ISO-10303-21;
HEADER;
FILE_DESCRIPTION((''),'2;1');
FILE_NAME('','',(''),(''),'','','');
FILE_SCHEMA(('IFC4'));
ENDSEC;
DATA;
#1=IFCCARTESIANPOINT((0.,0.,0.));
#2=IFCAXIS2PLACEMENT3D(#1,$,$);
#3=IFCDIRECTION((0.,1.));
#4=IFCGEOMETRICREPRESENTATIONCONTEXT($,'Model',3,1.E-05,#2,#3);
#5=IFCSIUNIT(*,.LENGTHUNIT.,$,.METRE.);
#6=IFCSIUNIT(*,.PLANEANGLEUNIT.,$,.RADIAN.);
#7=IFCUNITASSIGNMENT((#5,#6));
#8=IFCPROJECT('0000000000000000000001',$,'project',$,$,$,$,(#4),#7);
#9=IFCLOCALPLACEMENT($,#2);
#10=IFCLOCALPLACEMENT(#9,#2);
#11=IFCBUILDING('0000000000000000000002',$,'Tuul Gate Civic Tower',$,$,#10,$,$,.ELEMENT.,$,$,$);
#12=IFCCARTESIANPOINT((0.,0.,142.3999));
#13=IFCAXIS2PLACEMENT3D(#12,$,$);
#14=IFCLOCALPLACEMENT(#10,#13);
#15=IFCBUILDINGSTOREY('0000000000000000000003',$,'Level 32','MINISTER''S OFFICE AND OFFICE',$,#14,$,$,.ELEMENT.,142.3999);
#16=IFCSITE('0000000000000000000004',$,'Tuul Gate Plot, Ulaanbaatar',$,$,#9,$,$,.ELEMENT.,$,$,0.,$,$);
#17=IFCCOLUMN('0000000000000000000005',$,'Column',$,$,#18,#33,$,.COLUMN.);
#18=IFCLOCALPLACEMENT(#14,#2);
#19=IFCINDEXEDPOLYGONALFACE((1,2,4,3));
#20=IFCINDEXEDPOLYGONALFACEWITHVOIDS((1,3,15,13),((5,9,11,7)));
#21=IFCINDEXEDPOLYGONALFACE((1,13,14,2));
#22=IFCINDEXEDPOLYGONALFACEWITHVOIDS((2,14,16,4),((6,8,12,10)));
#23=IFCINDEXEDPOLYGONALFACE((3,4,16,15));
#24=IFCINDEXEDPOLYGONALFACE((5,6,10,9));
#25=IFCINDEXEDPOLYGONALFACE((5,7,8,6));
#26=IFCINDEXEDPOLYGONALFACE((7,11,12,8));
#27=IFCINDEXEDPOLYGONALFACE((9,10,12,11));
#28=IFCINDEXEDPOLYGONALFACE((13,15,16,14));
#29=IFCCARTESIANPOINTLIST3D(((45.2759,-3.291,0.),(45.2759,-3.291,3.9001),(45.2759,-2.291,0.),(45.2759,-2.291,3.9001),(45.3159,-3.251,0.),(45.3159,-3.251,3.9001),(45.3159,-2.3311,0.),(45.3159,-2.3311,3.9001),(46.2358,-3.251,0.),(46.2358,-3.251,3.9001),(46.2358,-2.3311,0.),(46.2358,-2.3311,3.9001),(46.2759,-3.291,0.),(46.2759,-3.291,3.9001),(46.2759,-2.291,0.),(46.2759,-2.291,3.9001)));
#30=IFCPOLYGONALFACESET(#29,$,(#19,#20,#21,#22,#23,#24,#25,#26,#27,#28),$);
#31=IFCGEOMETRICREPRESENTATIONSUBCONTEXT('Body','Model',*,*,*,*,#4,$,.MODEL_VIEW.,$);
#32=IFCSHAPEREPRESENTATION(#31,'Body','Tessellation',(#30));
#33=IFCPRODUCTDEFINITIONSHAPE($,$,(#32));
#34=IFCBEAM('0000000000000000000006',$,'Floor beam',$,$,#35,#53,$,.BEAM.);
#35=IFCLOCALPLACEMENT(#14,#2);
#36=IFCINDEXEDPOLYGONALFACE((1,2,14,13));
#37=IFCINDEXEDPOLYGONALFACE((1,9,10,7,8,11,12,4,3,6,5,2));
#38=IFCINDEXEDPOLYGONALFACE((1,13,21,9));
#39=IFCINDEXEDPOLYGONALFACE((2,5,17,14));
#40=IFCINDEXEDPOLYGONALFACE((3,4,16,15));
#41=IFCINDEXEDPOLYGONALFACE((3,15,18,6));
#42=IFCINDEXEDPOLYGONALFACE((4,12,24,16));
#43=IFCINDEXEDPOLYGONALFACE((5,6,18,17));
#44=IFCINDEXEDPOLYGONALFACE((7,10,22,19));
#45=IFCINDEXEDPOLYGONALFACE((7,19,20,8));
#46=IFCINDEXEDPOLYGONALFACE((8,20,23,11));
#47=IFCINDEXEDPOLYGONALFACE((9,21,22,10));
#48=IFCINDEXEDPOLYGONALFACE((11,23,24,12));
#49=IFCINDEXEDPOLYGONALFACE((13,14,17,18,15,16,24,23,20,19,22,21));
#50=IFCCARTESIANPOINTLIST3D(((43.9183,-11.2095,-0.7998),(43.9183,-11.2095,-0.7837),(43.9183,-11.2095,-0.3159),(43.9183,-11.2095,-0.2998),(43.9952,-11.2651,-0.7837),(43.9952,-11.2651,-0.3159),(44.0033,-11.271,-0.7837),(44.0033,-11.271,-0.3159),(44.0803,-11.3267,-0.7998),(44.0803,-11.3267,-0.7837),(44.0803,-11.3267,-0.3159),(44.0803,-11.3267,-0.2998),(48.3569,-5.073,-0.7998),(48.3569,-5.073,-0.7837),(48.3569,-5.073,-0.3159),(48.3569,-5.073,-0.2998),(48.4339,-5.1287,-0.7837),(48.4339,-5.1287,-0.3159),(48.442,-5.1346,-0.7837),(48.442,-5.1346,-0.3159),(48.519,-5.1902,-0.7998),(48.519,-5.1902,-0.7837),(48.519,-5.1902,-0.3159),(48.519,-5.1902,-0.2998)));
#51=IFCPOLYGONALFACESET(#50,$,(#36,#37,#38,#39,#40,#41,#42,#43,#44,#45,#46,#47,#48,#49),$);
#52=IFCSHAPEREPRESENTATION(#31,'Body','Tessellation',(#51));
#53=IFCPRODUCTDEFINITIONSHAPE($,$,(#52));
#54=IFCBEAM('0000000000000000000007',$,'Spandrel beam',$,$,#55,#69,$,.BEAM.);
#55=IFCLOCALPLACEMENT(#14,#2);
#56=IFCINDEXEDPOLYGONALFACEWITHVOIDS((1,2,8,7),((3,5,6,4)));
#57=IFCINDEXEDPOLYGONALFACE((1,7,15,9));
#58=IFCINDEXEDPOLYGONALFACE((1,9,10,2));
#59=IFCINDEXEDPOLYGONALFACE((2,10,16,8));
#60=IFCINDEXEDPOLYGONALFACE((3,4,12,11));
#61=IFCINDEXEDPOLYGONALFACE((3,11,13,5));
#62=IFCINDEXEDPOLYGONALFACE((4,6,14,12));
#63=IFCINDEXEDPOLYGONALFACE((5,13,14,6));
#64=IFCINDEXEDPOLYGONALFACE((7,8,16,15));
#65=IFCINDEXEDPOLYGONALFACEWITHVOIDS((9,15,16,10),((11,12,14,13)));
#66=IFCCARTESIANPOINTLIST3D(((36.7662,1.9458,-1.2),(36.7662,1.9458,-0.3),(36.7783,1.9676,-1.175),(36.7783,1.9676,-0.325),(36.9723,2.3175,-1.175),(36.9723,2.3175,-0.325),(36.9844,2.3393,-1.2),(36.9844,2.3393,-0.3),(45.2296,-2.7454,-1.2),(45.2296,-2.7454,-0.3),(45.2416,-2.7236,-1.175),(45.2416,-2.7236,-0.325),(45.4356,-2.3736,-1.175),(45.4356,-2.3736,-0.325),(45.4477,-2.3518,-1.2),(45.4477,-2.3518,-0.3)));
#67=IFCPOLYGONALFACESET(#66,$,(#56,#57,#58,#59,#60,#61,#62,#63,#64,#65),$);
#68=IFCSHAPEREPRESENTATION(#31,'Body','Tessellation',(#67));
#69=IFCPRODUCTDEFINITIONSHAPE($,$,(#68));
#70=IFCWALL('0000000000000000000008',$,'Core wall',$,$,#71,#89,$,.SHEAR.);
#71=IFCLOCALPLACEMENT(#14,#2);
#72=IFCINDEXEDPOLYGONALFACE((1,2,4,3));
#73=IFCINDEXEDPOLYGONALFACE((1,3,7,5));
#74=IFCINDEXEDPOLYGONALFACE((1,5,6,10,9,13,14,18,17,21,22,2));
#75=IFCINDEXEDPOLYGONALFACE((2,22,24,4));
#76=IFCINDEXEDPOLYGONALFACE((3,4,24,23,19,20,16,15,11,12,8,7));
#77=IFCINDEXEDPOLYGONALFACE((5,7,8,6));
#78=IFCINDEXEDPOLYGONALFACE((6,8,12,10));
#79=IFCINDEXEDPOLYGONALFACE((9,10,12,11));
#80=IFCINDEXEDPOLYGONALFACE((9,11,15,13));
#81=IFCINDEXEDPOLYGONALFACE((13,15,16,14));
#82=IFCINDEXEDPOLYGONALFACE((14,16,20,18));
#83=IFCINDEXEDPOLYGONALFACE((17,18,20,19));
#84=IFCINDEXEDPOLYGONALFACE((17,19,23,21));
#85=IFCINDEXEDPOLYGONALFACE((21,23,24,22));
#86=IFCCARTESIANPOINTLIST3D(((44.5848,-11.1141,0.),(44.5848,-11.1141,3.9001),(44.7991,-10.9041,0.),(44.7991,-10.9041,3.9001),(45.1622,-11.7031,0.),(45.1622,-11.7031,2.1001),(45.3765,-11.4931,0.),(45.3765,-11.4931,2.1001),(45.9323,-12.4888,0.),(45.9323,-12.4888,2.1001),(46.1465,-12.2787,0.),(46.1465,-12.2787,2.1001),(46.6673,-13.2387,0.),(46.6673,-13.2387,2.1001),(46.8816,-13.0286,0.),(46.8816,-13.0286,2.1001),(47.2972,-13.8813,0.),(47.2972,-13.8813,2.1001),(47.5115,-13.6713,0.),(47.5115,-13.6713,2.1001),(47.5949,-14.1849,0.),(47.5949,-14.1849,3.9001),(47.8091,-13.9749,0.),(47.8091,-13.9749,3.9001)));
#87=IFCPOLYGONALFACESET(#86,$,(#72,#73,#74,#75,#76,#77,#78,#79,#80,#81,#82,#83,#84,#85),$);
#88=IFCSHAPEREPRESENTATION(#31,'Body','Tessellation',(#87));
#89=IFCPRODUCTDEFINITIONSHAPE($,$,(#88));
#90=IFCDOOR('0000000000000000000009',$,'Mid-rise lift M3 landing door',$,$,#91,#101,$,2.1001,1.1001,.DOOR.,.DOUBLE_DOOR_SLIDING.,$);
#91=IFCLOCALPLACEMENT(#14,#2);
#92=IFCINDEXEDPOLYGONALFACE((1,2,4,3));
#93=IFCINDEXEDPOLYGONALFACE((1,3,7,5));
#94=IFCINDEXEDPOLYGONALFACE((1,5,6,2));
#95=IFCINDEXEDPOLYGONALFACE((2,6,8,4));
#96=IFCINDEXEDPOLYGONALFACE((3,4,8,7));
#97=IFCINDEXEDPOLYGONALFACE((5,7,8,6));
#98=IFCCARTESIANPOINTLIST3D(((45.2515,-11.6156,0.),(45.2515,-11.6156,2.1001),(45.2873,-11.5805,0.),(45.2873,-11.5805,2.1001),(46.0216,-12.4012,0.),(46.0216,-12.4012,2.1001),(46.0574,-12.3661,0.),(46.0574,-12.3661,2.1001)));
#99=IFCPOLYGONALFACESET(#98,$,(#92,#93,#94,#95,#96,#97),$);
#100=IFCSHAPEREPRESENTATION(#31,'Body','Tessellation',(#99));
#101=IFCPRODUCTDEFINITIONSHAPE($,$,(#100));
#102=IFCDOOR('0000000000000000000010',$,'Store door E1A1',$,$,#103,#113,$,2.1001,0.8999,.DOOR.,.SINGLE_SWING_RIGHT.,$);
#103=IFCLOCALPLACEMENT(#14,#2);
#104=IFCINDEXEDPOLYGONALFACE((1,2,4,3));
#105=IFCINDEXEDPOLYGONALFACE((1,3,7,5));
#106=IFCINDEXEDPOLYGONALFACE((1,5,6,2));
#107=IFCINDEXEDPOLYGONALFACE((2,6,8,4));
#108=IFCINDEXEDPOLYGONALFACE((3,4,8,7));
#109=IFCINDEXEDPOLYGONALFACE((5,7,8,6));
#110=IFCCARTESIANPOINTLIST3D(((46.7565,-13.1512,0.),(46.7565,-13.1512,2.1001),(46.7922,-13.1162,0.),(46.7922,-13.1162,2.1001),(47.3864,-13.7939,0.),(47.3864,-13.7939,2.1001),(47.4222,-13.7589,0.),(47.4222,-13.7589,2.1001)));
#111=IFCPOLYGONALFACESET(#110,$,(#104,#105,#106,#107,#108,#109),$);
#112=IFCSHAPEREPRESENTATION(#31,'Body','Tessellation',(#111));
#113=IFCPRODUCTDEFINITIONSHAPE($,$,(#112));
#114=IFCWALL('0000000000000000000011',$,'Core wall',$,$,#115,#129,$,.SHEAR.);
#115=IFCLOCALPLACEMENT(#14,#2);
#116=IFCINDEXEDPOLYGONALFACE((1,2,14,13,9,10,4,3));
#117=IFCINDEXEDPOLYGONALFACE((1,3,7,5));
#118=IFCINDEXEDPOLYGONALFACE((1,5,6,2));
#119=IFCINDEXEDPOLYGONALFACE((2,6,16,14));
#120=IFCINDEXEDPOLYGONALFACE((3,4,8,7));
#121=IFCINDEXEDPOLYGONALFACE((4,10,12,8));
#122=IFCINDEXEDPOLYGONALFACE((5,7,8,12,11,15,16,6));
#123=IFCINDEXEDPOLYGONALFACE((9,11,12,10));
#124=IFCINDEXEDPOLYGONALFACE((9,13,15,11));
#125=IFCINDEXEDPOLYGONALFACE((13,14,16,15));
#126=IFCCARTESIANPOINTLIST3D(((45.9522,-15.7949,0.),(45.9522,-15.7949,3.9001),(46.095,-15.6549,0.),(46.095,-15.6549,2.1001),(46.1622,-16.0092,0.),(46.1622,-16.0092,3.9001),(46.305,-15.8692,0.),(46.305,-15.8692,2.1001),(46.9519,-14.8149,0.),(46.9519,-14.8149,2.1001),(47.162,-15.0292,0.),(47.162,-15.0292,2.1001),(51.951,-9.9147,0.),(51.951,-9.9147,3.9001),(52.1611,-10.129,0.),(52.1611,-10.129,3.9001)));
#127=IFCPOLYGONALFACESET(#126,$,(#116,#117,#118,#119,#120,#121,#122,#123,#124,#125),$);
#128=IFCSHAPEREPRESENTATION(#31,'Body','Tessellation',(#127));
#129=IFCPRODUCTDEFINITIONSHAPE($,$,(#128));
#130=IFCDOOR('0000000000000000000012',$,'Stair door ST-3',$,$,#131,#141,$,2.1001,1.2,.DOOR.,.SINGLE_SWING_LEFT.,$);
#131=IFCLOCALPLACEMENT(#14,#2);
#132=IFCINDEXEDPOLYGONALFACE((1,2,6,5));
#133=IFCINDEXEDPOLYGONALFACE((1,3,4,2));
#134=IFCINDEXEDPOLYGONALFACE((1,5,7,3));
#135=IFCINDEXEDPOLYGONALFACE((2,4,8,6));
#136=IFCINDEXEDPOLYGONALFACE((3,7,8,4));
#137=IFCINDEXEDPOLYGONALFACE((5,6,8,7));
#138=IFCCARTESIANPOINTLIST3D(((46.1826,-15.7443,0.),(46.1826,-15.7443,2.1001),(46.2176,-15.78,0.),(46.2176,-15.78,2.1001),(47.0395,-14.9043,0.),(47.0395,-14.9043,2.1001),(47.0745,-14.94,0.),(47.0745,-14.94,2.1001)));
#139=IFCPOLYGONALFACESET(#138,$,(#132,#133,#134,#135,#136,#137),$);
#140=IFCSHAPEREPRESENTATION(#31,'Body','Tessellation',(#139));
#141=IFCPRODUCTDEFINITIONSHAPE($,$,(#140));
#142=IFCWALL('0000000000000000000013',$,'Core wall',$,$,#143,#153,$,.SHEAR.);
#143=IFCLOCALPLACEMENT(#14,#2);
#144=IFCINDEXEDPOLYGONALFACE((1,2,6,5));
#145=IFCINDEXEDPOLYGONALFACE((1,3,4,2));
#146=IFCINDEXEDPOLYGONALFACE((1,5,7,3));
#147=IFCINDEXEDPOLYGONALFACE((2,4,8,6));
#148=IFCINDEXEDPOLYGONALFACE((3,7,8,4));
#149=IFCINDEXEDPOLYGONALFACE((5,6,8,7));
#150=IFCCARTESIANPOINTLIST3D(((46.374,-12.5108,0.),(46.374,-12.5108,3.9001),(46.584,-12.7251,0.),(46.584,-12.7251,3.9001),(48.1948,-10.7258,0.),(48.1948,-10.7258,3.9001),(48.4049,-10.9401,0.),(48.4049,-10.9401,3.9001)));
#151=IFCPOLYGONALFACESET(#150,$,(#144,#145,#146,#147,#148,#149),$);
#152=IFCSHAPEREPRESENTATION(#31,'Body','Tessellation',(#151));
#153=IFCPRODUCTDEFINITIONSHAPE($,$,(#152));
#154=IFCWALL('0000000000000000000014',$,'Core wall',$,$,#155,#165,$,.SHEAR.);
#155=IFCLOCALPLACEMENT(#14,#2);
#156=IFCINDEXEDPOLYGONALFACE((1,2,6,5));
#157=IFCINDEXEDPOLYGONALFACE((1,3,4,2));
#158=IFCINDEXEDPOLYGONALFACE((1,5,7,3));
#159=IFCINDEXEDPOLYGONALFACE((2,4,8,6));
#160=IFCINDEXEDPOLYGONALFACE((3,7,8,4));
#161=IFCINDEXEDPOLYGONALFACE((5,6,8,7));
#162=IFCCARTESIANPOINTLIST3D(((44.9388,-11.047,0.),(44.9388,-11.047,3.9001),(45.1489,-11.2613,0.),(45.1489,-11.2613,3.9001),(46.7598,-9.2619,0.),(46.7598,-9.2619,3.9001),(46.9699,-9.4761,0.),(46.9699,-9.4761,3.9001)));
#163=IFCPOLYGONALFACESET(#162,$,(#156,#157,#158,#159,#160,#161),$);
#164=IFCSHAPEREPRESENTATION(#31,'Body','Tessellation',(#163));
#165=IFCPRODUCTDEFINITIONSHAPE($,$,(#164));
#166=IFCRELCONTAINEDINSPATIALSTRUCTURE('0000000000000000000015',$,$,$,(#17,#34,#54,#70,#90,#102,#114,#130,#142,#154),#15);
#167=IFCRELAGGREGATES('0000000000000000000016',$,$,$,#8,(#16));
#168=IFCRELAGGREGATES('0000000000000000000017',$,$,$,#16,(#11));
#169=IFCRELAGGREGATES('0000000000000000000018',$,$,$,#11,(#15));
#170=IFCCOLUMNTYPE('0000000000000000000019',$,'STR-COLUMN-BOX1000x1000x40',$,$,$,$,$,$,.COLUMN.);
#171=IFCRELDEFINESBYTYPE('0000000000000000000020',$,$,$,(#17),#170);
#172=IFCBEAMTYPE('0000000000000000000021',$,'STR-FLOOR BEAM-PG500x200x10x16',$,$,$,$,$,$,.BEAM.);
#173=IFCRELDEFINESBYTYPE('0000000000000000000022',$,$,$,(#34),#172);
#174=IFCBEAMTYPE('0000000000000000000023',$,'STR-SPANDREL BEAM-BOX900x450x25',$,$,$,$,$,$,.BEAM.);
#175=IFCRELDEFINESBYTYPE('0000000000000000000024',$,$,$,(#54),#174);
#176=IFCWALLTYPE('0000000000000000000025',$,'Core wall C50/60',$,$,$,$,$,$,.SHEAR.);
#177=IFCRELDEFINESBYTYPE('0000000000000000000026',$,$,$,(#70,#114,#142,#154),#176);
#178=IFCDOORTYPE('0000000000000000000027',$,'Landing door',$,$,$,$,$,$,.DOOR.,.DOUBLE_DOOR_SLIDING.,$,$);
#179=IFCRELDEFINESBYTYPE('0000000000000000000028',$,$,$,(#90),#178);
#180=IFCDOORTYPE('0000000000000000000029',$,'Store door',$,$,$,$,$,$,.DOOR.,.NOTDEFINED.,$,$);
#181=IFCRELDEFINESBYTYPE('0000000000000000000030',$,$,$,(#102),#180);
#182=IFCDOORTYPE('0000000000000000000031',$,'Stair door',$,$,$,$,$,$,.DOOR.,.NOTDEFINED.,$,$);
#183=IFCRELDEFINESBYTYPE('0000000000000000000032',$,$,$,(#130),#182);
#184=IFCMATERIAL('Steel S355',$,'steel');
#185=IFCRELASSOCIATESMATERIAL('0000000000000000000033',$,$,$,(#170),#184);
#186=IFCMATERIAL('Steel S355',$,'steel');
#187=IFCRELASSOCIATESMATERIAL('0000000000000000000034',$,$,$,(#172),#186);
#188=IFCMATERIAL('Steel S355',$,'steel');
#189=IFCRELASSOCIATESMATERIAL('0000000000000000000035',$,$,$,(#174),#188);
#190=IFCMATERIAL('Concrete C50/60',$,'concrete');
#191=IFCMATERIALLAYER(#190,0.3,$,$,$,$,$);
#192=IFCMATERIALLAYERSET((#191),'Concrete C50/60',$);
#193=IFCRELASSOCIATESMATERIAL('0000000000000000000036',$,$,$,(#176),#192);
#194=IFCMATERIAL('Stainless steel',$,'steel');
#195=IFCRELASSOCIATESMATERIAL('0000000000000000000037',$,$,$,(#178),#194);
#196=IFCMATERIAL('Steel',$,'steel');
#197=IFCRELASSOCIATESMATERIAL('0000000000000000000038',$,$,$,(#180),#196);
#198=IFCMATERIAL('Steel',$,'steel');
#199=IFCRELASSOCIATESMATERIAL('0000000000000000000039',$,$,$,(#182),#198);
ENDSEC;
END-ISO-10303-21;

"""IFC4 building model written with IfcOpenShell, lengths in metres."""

from ifc_helpers import new_model, si_unit, direction, frame, frame_2d, origin, origin_2d, place, context, subcontext, project, spatial, rectangle, hollow_rectangle, i_section, extrude, material, layer, layer_set, material_profile, profile_set, type_object, element, fill, save


model = new_model("IFC4")

# Units and contexts
model_context = context("Model", 3, precision=1e-05, world=origin(), true_north=direction((0.0, 1.0)))
body_context = subcontext(model_context, "Body", "Model", "MODEL_VIEW")
ifc_project = project(units=[si_unit("LENGTHUNIT", "METRE"), si_unit("PLANEANGLEUNIT", "RADIAN")], contexts=[model_context])

# Site, building, storey
site_placement = place(None, origin())
site = spatial("IfcSite", under=ifc_project, at=site_placement, Name="Tuul Gate Plot, Ulaanbaatar", CompositionType="ELEMENT", RefElevation=0.0)
building_placement = place(site_placement, origin())
building = spatial("IfcBuilding", under=site, at=building_placement, Name="Tuul Gate Civic Tower", CompositionType="ELEMENT")
storey_placement = place(building_placement, frame((0.0, 0.0, 142.3999)))
storey = spatial("IfcBuildingStorey", under=building, at=storey_placement, Name="Level 32", Description="MINISTER'S OFFICE AND OFFICE", CompositionType="ELEMENT", Elevation=142.3999)

# Column
ifc_material_1 = material(Name="Steel S355", Category="steel")
ifc_material_profile_1 = material_profile(ifc_material_1, hollow_rectangle(XDim=1.0, YDim=1.0, WallThickness=0.04, at=origin_2d()), Name="BOX1000x1000x40")
ifc_profile_set_1 = profile_set([ifc_material_profile_1], Name="Steel S355")
column_type = type_object("IfcColumnType", Name="STR-COLUMN-BOX1000x1000x40", PredefinedType="COLUMN", material=ifc_profile_set_1)
column_placement = place(storey_placement, frame((45.7759, -2.791, 0.0), z_axis=(0.0, 0.0, 1.0), x_axis=(1.0, 0.0, 0.0)))
element("IfcColumn", 1, at=column_placement, inside=storey, type_object=column_type, Name="Column", PredefinedType="COLUMN", context=body_context, shape_type="SweptSolid", body=[
    extrude(hollow_rectangle(XDim=1.0, YDim=1.0, WallThickness=0.04, at=origin_2d()), origin(), (0.0, 0.0, 1.0), 3.9001),
])

# Beams
ifc_material_2 = material(Name="Steel S355", Category="steel")
ifc_material_profile_2 = material_profile(ifc_material_2, i_section(OverallWidth=0.2, OverallDepth=0.5, WebThickness=0.01, FlangeThickness=0.0161, at=origin_2d()), Name="PG500x200x10x16")
ifc_profile_set_2 = profile_set([ifc_material_profile_2], Name="Steel S355")
beam_type_1 = type_object("IfcBeamType", Name="STR-FLOOR BEAM-PG500x200x10x16", PredefinedType="BEAM", material=ifc_profile_set_2)
beam_1_placement = place(storey_placement, frame((43.9993, -11.2681, -0.5498), z_axis=(0.586082, 0.810251, 0.0), x_axis=(-0.810251, 0.586082, 0.0)))
element("IfcBeam", 2, at=beam_1_placement, inside=storey, type_object=beam_type_1, Name="Floor beam", PredefinedType="BEAM", context=body_context, shape_type="SweptSolid", body=[
    extrude(i_section(OverallWidth=0.2, OverallDepth=0.5, WebThickness=0.01, FlangeThickness=0.0161, at=origin_2d()), origin(), (0.0, 0.0, 1.0), 7.5735),
])
ifc_material_3 = material(Name="Steel S355", Category="steel")
ifc_material_profile_3 = material_profile(ifc_material_3, hollow_rectangle(XDim=0.45, YDim=0.8999, WallThickness=0.0249, at=origin_2d()), Name="BOX900x450x25")
ifc_profile_set_3 = profile_set([ifc_material_profile_3], Name="Steel S355")
beam_type_2 = type_object("IfcBeamType", Name="STR-SPANDREL BEAM-BOX900x450x25", PredefinedType="BEAM", material=ifc_profile_set_3)
beam_2_placement = place(storey_placement, frame((45.3386, -2.5486, -0.75), z_axis=(-0.874627, 0.484797, 0.0), x_axis=(-0.484797, -0.874627, 0.0)))
element("IfcBeam", 3, at=beam_2_placement, inside=storey, type_object=beam_type_2, Name="Spandrel beam", PredefinedType="BEAM", context=body_context, shape_type="SweptSolid", body=[
    extrude(hollow_rectangle(XDim=0.45, YDim=0.8999, WallThickness=0.0249, at=origin_2d()), origin(), (0.0, 0.0, 1.0), 9.6765),
])

# Wall, openings, doors
ifc_material_4 = material(Name="Concrete C50/60", Category="concrete")
ifc_layer_1 = layer(ifc_material_4, 0.3)
ifc_layer_set_1 = layer_set([ifc_layer_1], Name="Concrete C50/60")
wall_type_1 = type_object("IfcWallType", Name="Core wall C50/60", PredefinedType="SHEAR", material=ifc_layer_set_1)
wall_1_placement = place(storey_placement, frame((47.7019, -14.0798, 0.0), z_axis=(0.0, 0.0, 1.0), x_axis=(-0.700003, 0.71414, 0.0)))
wall_1 = element("IfcWall", 4, at=wall_1_placement, inside=storey, type_object=wall_type_1, Name="Core wall", PredefinedType="SHEAR", context=body_context, shape_type="SweptSolid", body=[
    extrude(rectangle(XDim=4.3, YDim=0.3, at=frame_2d((2.1499, 0.0))), origin(), (0.0, 0.0, 1.0), 3.9001),
])
opening_1_placement = place(wall_1_placement, frame((0.425, 0.0, 0.0)))
opening_1 = element("IfcOpeningElement", 5, at=opening_1_placement, cuts=wall_1, PredefinedType="OPENING", context=body_context, shape_type="SweptSolid", body=[
    extrude(rectangle(XDim=0.8999, YDim=2.1001, at=frame_2d((0.45, 1.05))), frame((0.0, 0.1602, 0.0), z_axis=(0.0, -1.0, 0.0), x_axis=(1.0, 0.0, 0.0)), (0.0, 0.0, 1.0), 0.3201),
])
opening_2_placement = place(wall_1_placement, frame((2.375, 0.0, 0.0)))
opening_2 = element("IfcOpeningElement", 6, at=opening_2_placement, cuts=wall_1, PredefinedType="OPENING", context=body_context, shape_type="SweptSolid", body=[
    extrude(rectangle(XDim=1.1001, YDim=2.1001, at=frame_2d((0.55, 1.05))), frame((0.0, 0.1602, 0.0), z_axis=(0.0, -1.0, 0.0), x_axis=(1.0, 0.0, 0.0)), (0.0, 0.0, 1.0), 0.3201),
])
ifc_material_5 = material(Name="Stainless steel", Category="steel")
door_type_1 = type_object("IfcDoorType", Name="Landing door", OperationType="DOUBLE_DOOR_SLIDING", PredefinedType="DOOR", material=ifc_material_5)
door_1_placement = place(opening_2_placement, origin())
door_1 = element("IfcDoor", 7, at=door_1_placement, inside=storey, type_object=door_type_1, Name="Mid-rise lift M3 landing door", OperationType="DOUBLE_DOOR_SLIDING", OverallHeight=2.1001, OverallWidth=1.1001, PredefinedType="DOOR", context=body_context, shape_type="SweptSolid", body=[
    extrude(rectangle(XDim=1.1001, YDim=2.1001, at=frame_2d((0.55, 1.05))), frame((0.0, 0.0249, 0.0), z_axis=(0.0, -1.0, 0.0), x_axis=(1.0, 0.0, 0.0)), (0.0, 0.0, 1.0), 0.05),
])
fill(opening_2, door_1)
ifc_material_6 = material(Name="Steel", Category="steel")
door_type_2 = type_object("IfcDoorType", Name="Store door", OperationType="NOTDEFINED", PredefinedType="DOOR", material=ifc_material_6)
door_2_placement = place(opening_1_placement, frame((0.8999, 0.0, 0.0), z_axis=(0.0, 0.0, 1.0), x_axis=(-1.0, 0.0, 0.0)))
door_2 = element("IfcDoor", 8, at=door_2_placement, inside=storey, type_object=door_type_2, Name="Store door E1A1", OperationType="SINGLE_SWING_RIGHT", OverallHeight=2.1001, OverallWidth=0.8999, PredefinedType="DOOR", context=body_context, shape_type="SweptSolid", body=[
    extrude(rectangle(XDim=0.8999, YDim=2.1001, at=frame_2d((0.45, 1.05))), frame((0.0, 0.0249, 0.0), z_axis=(0.0, -1.0, 0.0), x_axis=(1.0, 0.0, 0.0)), (0.0, 0.0, 1.0), 0.05),
])
fill(opening_1, door_2)

# Wall, opening, door
wall_2_placement = place(storey_placement, frame((46.0571, -15.9021, 0.0), z_axis=(0.0, 0.0, 1.0), x_axis=(0.714134, 0.700009, 0.0)))
wall_2 = element("IfcWall", 9, at=wall_2_placement, inside=storey, type_object=wall_type_1, Name="Core wall", PredefinedType="SHEAR", context=body_context, shape_type="SweptSolid", body=[
    extrude(rectangle(XDim=8.4001, YDim=0.3, at=frame_2d((4.2002, 0.0))), origin(), (0.0, 0.0, 1.0), 3.9001),
])
opening_3_placement = place(wall_2_placement, frame((0.2, 0.0, 0.0)))
opening_3 = element("IfcOpeningElement", 10, at=opening_3_placement, cuts=wall_2, PredefinedType="OPENING", context=body_context, shape_type="SweptSolid", body=[
    extrude(rectangle(XDim=1.2, YDim=2.1001, at=frame_2d((0.6001, 1.05))), frame((0.0, 0.1602, 0.0), z_axis=(0.0, -1.0, 0.0), x_axis=(1.0, 0.0, 0.0)), (0.0, 0.0, 1.0), 0.3201),
])
ifc_material_7 = material(Name="Steel", Category="steel")
door_type_3 = type_object("IfcDoorType", Name="Stair door", OperationType="NOTDEFINED", PredefinedType="DOOR", material=ifc_material_7)
door_3_placement = place(opening_3_placement, origin())
door_3 = element("IfcDoor", 11, at=door_3_placement, inside=storey, type_object=door_type_3, Name="Stair door ST-3", OperationType="SINGLE_SWING_LEFT", OverallHeight=2.1001, OverallWidth=1.2, PredefinedType="DOOR", context=body_context, shape_type="SweptSolid", body=[
    extrude(rectangle(XDim=1.2, YDim=2.1001, at=frame_2d((0.6001, 1.05))), frame((0.0, 0.0249, 0.0), z_axis=(0.0, -1.0, 0.0), x_axis=(1.0, 0.0, 0.0)), (0.0, 0.0, 1.0), 0.05),
])
fill(opening_3, door_3)

# Walls
wall_3_placement = place(storey_placement, frame((46.479, -12.6179, 0.0), z_axis=(0.0, 0.0, 1.0), x_axis=(0.714109, 0.700034, 0.0)))
element("IfcWall", 12, at=wall_3_placement, inside=storey, type_object=wall_type_1, Name="Core wall", PredefinedType="SHEAR", context=body_context, shape_type="SweptSolid", body=[
    extrude(rectangle(XDim=2.5498, YDim=0.3, at=frame_2d((1.2749, 0.0))), origin(), (0.0, 0.0, 1.0), 3.9001),
])
wall_4_placement = place(storey_placement, frame((45.0439, -11.1541, 0.0), z_axis=(0.0, 0.0, 1.0), x_axis=(0.714108, 0.700035, 0.0)))
element("IfcWall", 13, at=wall_4_placement, inside=storey, type_object=wall_type_1, Name="Core wall", PredefinedType="SHEAR", context=body_context, shape_type="SweptSolid", body=[
    extrude(rectangle(XDim=2.55, YDim=0.3, at=frame_2d((1.2749, 0.0))), origin(), (0.0, 0.0, 1.0), 3.9001),
])

save(model, "model.ifc")
